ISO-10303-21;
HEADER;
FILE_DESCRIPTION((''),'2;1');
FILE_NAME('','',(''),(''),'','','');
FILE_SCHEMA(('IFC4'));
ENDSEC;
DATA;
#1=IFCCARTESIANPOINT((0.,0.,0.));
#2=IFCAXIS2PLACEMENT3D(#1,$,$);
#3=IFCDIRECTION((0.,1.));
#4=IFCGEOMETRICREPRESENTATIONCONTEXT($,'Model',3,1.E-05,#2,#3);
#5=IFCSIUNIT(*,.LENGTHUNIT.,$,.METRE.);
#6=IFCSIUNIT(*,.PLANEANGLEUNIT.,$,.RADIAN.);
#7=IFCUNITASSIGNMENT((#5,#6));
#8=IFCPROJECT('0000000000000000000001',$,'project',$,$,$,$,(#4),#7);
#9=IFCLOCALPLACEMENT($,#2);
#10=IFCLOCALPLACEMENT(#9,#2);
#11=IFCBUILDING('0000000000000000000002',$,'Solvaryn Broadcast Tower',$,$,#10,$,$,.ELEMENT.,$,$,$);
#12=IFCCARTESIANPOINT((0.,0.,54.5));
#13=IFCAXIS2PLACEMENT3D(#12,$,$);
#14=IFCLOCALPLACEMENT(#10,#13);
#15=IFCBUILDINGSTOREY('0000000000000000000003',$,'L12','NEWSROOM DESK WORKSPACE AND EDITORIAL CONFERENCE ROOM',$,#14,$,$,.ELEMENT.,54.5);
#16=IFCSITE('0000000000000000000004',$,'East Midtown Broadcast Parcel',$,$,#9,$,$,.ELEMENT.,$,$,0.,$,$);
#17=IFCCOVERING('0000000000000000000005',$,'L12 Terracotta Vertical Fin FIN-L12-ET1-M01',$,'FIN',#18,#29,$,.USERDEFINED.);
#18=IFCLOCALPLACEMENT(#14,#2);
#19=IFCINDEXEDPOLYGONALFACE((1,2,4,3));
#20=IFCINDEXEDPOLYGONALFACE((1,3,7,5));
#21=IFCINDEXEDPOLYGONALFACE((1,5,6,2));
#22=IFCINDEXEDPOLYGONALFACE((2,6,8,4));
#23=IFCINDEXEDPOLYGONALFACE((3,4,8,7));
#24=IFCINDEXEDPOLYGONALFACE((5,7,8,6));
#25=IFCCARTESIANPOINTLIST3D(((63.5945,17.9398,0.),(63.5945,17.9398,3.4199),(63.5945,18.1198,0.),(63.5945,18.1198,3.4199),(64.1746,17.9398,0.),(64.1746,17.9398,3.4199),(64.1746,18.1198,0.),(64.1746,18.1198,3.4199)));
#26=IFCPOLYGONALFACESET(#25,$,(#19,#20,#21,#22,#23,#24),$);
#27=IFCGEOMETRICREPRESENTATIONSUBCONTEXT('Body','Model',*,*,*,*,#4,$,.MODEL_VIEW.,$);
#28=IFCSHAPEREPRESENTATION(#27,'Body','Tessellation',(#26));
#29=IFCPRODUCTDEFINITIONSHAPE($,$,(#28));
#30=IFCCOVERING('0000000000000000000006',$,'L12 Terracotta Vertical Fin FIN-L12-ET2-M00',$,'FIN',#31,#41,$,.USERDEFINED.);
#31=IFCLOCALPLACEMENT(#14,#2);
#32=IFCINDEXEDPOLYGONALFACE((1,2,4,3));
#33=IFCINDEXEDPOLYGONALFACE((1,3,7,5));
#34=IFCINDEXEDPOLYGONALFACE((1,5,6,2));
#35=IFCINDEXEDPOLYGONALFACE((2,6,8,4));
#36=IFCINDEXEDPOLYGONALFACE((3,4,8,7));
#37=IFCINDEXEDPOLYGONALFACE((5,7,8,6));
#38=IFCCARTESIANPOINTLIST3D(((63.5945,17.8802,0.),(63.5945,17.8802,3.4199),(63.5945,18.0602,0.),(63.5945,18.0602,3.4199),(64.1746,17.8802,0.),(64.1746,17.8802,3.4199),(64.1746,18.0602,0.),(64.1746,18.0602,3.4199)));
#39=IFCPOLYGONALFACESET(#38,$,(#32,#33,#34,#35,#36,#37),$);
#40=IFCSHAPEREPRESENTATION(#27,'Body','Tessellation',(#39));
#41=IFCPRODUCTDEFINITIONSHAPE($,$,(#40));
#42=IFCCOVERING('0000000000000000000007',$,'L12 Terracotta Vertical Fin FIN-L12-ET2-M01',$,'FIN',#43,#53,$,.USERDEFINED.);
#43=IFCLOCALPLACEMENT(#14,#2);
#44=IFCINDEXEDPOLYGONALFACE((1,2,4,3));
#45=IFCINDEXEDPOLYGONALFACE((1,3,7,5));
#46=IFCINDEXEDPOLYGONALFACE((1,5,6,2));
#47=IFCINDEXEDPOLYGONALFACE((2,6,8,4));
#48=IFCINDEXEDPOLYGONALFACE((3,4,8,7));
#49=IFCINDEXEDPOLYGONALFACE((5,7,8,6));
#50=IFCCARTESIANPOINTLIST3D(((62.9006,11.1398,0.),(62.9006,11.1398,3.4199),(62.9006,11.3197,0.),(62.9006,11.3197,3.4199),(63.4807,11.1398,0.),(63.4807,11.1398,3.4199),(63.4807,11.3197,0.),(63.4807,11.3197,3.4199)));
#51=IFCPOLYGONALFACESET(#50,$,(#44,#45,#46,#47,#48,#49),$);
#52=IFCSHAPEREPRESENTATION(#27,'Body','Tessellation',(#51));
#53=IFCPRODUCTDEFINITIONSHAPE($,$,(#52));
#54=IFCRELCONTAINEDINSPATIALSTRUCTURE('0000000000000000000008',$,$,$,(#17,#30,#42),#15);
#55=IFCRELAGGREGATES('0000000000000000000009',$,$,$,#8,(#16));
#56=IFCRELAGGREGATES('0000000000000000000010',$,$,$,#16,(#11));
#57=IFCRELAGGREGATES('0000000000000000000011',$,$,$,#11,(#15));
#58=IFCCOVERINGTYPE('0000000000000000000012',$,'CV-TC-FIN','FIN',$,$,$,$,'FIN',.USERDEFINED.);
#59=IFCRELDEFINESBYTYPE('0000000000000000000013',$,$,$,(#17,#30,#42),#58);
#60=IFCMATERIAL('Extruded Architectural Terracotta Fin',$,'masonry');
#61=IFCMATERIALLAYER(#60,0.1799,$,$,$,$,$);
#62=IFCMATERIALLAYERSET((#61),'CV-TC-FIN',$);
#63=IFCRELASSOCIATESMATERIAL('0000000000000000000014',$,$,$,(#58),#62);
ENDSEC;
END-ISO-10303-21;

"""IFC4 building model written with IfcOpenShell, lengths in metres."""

from ifc_helpers import new_model, si_unit, direction, frame, origin, origin_2d, place, context, subcontext, project, spatial, rectangle, extrude, material, layer, layer_set, type_object, element, save


model = new_model("IFC4")

# Units and contexts
model_context = context("Model", 3, precision=1e-05, world=origin(), true_north=direction((0.0, 1.0)))
body_context = subcontext(model_context, "Body", "Model", "MODEL_VIEW")
ifc_project = project(units=[si_unit("LENGTHUNIT", "METRE"), si_unit("PLANEANGLEUNIT", "RADIAN")], contexts=[model_context])

# Site, building, storey
site_placement = place(None, origin())
site = spatial("IfcSite", under=ifc_project, at=site_placement, Name="East Midtown Broadcast Parcel", CompositionType="ELEMENT", RefElevation=0.0)
building_placement = place(site_placement, origin())
building = spatial("IfcBuilding", under=site, at=building_placement, Name="Solvaryn Broadcast Tower", CompositionType="ELEMENT")
storey_placement = place(building_placement, frame((0.0, 0.0, 54.5)))
storey = spatial("IfcBuildingStorey", under=building, at=storey_placement, Name="L12", Description="NEWSROOM DESK WORKSPACE AND EDITORIAL CONFERENCE ROOM", CompositionType="ELEMENT", Elevation=54.5)

# Coverings
ifc_material_1 = material(Name="Extruded Architectural Terracotta Fin", Category="masonry")
ifc_layer_1 = layer(ifc_material_1, 0.1799)
ifc_layer_set_1 = layer_set([ifc_layer_1], Name="CV-TC-FIN")
covering_type_1 = type_object("IfcCoveringType", Name="CV-TC-FIN", Description="FIN", ElementType="FIN", PredefinedType="USERDEFINED", material=ifc_layer_set_1)
for number, where, z_axis, x_axis, name in (
    (1, (63.8845, 18.0298, 0.0), (0.0, 0.0, 1.0), (1.0, 0.0, 0.0), "L12 Terracotta Vertical Fin FIN-L12-ET1-M01"),
    (2, (63.8845, 17.9702, 0.0), (0.0, 0.0, 1.0), (1.0, 0.0, 0.0), "L12 Terracotta Vertical Fin FIN-L12-ET2-M00"),
    (3, (63.1907, 11.2297, 0.0), (0.0, 0.0, 1.0), (1.0, 0.0, 0.0), "L12 Terracotta Vertical Fin FIN-L12-ET2-M01"),
):
    element("IfcCovering", number, at=place(storey_placement, frame(where, z_axis=z_axis, x_axis=x_axis)), inside=storey, type_object=covering_type_1, Name=name, ObjectType="FIN", PredefinedType="USERDEFINED", context=body_context, shape_type="SweptSolid", body=[
        extrude(rectangle(XDim=0.5801, YDim=0.1799, at=origin_2d()), origin(), (0.0, 0.0, 1.0), 3.4199),
    ])

save(model, "model.ifc")
